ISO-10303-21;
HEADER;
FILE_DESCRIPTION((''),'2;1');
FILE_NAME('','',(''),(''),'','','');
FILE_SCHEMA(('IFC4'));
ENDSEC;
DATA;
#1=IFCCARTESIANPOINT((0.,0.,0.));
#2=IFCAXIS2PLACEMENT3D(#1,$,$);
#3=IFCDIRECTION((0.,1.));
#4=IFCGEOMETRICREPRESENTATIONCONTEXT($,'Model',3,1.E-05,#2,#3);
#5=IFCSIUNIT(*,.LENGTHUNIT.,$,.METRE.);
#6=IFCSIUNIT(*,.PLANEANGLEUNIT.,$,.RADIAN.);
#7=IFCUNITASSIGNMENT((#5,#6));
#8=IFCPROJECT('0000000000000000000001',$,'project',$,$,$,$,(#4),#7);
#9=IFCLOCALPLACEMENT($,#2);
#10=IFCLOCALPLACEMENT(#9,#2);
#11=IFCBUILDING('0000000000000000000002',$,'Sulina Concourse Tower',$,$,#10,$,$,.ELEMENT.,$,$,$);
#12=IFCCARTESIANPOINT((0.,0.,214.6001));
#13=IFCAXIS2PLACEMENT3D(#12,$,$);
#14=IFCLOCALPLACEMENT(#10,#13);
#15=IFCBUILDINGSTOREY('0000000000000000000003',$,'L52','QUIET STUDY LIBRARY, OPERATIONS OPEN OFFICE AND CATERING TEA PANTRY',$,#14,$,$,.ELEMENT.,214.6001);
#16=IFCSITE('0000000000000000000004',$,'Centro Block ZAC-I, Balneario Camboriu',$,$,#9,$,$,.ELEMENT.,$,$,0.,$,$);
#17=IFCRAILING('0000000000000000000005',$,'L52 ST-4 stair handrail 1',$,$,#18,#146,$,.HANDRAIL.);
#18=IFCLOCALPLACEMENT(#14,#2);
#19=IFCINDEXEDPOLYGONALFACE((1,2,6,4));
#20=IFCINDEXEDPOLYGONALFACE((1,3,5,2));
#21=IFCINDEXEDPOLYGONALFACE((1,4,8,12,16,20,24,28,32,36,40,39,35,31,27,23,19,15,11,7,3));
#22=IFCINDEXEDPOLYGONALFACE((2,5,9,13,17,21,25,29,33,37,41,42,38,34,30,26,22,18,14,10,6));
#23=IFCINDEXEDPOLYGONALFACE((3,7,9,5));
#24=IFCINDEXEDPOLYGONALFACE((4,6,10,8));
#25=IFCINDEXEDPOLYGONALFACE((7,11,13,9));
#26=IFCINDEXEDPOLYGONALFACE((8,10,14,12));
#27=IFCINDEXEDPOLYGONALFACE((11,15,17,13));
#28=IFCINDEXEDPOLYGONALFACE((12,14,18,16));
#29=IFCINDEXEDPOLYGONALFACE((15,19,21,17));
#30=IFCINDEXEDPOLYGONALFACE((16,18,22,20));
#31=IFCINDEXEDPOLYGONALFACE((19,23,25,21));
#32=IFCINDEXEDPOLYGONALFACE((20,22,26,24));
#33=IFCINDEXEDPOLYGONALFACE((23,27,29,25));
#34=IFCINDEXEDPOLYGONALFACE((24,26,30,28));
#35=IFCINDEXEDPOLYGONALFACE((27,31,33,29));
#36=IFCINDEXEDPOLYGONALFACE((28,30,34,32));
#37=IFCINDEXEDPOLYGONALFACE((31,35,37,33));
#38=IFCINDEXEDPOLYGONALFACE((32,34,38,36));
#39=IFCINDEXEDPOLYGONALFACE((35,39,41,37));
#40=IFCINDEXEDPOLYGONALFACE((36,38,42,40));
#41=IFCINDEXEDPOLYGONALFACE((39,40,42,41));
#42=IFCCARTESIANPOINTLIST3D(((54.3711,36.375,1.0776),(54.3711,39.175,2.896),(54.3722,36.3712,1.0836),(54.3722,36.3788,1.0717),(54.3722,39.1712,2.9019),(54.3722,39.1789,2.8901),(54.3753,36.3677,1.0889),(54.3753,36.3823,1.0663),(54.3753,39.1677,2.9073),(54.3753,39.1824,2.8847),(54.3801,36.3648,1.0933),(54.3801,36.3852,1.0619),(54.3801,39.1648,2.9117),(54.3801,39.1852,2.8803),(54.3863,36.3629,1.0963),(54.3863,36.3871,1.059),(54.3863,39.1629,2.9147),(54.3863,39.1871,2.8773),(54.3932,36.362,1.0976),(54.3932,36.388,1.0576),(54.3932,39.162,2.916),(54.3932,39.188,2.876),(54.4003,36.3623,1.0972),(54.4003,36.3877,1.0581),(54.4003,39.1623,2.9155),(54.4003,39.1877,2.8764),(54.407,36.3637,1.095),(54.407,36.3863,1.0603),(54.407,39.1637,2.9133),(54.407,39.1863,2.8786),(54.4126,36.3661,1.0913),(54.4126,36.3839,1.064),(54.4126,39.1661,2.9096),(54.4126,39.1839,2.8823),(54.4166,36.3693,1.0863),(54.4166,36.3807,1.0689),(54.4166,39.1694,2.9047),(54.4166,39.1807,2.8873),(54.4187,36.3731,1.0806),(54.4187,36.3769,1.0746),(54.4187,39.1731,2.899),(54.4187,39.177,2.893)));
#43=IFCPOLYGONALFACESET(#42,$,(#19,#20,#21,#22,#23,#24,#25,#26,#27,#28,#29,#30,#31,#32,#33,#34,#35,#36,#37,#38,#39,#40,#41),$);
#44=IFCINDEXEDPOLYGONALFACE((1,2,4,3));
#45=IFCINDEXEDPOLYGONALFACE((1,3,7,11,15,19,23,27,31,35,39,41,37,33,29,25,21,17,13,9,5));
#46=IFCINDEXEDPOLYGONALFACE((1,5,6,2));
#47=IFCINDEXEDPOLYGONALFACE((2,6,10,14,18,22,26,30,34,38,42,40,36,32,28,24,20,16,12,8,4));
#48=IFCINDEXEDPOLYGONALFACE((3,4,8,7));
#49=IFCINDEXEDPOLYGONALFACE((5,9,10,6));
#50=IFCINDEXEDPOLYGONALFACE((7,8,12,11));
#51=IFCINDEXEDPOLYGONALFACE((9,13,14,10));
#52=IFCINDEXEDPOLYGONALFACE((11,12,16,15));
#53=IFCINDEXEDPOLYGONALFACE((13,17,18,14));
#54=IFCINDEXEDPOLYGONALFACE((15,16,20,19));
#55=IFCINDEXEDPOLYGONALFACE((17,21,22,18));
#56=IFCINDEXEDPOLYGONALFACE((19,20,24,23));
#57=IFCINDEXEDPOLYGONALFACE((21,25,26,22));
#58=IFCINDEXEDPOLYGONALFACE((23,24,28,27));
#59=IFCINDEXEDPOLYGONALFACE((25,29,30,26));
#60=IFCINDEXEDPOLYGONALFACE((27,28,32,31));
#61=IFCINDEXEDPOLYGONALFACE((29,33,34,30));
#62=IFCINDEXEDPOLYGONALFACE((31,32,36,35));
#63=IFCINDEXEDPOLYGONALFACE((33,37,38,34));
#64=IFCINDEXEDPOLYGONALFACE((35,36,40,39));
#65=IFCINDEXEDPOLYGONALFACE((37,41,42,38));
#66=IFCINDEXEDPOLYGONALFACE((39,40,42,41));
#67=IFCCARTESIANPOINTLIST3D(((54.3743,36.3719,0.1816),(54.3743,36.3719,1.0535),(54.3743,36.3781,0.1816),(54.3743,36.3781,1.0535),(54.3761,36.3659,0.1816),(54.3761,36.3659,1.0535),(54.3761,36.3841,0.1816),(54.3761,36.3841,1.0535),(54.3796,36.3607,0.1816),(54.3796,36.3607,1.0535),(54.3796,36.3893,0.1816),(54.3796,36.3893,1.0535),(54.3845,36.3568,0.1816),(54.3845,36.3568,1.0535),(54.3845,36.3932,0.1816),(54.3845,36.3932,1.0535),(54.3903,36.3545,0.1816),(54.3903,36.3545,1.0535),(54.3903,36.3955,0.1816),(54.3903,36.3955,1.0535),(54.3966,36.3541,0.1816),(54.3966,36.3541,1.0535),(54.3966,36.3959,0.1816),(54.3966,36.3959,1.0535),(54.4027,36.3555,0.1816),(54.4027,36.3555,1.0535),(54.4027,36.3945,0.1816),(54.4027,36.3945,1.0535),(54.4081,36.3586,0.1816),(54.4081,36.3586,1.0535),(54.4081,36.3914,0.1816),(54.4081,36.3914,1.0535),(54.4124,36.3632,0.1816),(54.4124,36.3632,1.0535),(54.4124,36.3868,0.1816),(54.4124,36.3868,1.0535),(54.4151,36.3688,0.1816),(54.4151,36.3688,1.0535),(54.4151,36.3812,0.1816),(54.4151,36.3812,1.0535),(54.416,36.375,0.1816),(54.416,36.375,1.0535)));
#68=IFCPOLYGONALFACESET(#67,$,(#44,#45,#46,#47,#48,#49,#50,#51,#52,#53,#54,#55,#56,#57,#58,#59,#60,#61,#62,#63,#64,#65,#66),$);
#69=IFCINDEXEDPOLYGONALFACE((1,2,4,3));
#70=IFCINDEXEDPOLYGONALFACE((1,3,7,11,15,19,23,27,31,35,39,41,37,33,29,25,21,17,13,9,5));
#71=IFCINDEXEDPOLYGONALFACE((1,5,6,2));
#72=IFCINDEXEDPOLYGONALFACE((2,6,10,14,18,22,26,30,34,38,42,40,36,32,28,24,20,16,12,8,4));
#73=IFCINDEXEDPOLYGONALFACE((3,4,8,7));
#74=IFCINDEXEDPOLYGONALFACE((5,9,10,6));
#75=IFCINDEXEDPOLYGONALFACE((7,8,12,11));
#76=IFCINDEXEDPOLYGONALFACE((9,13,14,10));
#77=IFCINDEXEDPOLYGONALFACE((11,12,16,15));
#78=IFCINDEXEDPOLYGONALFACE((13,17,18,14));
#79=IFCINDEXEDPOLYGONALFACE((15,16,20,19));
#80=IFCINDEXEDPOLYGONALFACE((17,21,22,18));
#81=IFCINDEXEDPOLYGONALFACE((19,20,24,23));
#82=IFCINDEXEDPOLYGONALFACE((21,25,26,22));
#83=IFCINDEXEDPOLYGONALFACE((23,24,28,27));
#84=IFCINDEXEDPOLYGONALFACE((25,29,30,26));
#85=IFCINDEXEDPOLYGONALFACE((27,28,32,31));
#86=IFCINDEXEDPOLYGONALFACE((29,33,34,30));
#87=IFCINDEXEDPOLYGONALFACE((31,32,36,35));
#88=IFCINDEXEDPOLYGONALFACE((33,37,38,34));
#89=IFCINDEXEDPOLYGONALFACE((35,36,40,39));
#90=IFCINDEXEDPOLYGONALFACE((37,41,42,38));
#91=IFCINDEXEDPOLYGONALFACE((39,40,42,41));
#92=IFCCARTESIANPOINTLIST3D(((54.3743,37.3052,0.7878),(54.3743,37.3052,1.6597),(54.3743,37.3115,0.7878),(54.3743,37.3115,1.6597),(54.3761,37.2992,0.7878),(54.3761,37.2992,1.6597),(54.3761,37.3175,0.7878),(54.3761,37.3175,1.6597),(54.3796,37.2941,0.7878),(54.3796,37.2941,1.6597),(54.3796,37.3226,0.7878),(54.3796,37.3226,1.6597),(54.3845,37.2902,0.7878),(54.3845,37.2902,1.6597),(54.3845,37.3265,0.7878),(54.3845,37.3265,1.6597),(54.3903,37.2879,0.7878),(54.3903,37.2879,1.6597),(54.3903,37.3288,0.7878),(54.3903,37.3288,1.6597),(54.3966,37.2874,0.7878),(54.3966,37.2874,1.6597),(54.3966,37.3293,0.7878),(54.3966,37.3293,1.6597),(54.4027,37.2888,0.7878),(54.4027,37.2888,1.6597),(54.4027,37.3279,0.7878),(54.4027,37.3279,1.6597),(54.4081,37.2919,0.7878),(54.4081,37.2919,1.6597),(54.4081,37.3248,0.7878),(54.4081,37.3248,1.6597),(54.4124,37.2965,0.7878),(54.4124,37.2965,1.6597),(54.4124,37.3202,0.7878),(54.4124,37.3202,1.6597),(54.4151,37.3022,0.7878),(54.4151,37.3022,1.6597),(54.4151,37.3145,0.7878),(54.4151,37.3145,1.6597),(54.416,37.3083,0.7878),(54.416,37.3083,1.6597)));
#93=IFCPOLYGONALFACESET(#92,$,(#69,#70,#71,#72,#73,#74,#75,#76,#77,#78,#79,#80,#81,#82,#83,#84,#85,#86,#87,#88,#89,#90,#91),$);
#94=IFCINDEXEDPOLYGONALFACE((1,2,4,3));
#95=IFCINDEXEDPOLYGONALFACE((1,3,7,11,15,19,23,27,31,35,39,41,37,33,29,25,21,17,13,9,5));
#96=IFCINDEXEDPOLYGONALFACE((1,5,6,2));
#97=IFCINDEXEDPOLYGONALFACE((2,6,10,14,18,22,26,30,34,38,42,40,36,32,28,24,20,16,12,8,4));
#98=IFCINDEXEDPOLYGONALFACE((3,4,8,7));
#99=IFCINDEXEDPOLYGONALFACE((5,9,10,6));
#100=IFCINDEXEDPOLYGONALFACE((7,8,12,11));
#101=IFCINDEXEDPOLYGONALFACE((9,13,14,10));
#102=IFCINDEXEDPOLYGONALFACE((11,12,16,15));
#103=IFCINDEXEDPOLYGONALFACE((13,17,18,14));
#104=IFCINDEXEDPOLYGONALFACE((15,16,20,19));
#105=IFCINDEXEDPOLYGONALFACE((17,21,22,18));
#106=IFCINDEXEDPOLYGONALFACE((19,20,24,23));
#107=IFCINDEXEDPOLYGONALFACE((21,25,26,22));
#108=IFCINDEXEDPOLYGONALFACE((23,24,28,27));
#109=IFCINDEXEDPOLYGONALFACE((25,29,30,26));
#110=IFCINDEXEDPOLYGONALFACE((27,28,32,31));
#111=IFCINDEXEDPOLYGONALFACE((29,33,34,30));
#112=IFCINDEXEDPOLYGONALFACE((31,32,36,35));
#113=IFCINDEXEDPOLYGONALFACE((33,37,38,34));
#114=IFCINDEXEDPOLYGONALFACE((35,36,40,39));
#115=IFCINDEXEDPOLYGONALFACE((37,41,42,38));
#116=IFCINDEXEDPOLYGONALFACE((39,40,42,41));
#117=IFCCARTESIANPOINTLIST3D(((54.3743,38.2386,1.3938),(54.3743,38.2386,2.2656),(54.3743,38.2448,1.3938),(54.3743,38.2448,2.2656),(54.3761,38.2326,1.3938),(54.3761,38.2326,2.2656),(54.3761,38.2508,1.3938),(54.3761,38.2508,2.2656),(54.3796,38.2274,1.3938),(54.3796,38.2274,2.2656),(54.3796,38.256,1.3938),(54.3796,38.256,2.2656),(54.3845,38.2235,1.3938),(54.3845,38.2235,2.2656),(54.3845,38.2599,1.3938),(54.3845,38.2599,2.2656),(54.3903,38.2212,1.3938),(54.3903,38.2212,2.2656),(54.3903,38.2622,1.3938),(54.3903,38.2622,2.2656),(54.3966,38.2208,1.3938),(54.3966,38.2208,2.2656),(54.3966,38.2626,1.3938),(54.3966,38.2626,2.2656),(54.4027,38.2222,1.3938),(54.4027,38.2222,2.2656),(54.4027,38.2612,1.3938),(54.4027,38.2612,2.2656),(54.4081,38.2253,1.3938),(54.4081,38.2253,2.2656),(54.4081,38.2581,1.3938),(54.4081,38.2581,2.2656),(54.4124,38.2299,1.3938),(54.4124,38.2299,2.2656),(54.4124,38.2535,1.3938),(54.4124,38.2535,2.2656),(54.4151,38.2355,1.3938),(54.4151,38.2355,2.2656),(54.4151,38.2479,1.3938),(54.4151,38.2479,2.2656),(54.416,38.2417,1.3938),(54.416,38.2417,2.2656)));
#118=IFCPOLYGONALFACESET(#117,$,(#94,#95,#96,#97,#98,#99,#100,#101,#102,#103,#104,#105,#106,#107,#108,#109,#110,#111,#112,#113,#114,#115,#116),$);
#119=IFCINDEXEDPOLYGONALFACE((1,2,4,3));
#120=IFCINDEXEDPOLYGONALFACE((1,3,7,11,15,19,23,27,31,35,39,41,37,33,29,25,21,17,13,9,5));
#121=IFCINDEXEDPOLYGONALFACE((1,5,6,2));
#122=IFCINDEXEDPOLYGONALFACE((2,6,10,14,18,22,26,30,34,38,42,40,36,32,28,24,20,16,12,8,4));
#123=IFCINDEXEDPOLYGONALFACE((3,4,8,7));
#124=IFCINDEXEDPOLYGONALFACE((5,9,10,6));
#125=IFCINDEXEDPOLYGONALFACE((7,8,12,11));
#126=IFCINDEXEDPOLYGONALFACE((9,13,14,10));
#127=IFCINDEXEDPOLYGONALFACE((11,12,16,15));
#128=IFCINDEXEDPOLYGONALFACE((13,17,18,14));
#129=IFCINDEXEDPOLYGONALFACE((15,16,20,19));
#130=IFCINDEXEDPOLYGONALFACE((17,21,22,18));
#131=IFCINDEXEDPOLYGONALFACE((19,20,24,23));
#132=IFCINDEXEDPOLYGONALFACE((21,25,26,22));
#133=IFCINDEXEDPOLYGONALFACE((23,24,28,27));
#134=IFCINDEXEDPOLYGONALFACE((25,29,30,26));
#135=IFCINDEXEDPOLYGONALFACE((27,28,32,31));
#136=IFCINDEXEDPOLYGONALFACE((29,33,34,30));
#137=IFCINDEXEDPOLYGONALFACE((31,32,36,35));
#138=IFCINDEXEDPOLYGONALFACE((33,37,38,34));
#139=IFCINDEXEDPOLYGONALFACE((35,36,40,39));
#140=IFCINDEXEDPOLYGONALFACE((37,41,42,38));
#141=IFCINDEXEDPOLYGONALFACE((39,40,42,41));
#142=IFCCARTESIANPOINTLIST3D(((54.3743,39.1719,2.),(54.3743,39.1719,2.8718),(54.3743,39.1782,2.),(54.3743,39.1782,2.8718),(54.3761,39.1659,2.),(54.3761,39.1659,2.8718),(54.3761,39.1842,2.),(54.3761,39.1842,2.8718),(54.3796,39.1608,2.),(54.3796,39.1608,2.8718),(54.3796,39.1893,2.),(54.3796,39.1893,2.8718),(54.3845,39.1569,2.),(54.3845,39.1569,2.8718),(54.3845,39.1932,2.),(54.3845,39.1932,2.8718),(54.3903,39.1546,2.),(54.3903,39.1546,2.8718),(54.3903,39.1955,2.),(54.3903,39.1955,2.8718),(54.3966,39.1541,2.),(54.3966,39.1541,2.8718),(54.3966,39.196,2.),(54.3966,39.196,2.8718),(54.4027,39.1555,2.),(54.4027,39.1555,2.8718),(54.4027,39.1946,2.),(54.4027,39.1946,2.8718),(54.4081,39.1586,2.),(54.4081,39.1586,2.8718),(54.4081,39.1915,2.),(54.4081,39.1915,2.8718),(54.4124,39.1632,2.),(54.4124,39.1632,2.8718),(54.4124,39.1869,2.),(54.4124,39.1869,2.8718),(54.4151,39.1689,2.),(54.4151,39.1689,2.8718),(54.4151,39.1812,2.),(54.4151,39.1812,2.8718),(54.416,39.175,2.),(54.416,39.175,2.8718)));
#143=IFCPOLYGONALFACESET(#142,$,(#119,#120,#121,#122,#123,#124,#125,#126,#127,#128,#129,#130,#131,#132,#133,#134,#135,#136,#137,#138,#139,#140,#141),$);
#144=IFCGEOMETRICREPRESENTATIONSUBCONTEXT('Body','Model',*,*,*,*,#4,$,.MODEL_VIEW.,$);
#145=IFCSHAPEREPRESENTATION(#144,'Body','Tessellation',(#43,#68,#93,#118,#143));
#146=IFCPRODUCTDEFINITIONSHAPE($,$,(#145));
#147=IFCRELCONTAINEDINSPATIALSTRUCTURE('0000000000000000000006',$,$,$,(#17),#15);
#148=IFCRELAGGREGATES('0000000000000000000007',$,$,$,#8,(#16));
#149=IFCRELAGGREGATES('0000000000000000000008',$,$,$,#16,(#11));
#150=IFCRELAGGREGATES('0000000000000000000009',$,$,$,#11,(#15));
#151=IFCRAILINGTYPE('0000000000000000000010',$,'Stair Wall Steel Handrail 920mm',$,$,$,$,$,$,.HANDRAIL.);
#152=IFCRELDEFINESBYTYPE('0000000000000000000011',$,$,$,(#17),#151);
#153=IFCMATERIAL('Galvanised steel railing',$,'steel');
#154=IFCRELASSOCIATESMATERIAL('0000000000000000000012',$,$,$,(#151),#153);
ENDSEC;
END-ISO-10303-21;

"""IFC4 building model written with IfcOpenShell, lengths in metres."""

from ifc_helpers import new_model, si_unit, direction, frame, origin, origin_2d, place, context, subcontext, project, spatial, circle, extrude, material, type_object, element, save


model = new_model("IFC4")

# Units and contexts
model_context = context("Model", 3, precision=1e-05, world=origin(), true_north=direction((0.0, 1.0)))
body_context = subcontext(model_context, "Body", "Model", "MODEL_VIEW")
ifc_project = project(units=[si_unit("LENGTHUNIT", "METRE"), si_unit("PLANEANGLEUNIT", "RADIAN")], contexts=[model_context])

# Site, building, storey
site_placement = place(None, origin())
site = spatial("IfcSite", under=ifc_project, at=site_placement, Name="Centro Block ZAC-I, Balneario Camboriu", CompositionType="ELEMENT", RefElevation=0.0)
building_placement = place(site_placement, origin())
building = spatial("IfcBuilding", under=site, at=building_placement, Name="Sulina Concourse Tower", CompositionType="ELEMENT")
storey_placement = place(building_placement, frame((0.0, 0.0, 214.6001)))
storey = spatial("IfcBuildingStorey", under=building, at=storey_placement, Name="L52", Description="QUIET STUDY LIBRARY, OPERATIONS OPEN OFFICE AND CATERING TEA PANTRY", CompositionType="ELEMENT", Elevation=214.6001)

# Railing
ifc_material_1 = material(Name="Galvanised steel railing", Category="steel")
railing_type_1 = type_object("IfcRailingType", Name="Stair Wall Steel Handrail 920mm", PredefinedType="HANDRAIL", material=ifc_material_1)
railing_1_placement = place(storey_placement, frame((54.395, 36.375, 0.1816)))
element("IfcRailing", 1, at=railing_1_placement, inside=storey, type_object=railing_type_1, Name="L52 ST-4 stair handrail 1", PredefinedType="HANDRAIL", context=body_context, shape_type="SweptSolid", body=[
    extrude(circle(Radius=0.0239, at=origin_2d()), frame((0.0, 0.0, 0.896), z_axis=(0.0, 0.838672, 0.544636), x_axis=(-1.0, 0.0, 0.0)), (0.0, 0.0, 1.0), 3.3386),
    extrude(circle(Radius=0.021, at=origin_2d()), origin(), (0.0, 0.0, 1.0), 0.8718),
    extrude(circle(Radius=0.021, at=origin_2d()), frame((0.0, 0.9333, 0.6062)), (0.0, 0.0, 1.0), 0.8718),
    extrude(circle(Radius=0.021, at=origin_2d()), frame((0.0, 1.8667, 1.2122)), (0.0, 0.0, 1.0), 0.8718),
    extrude(circle(Radius=0.021, at=origin_2d()), frame((0.0, 2.8, 1.8184)), (0.0, 0.0, 1.0), 0.8718),
])

save(model, "model.ifc")
